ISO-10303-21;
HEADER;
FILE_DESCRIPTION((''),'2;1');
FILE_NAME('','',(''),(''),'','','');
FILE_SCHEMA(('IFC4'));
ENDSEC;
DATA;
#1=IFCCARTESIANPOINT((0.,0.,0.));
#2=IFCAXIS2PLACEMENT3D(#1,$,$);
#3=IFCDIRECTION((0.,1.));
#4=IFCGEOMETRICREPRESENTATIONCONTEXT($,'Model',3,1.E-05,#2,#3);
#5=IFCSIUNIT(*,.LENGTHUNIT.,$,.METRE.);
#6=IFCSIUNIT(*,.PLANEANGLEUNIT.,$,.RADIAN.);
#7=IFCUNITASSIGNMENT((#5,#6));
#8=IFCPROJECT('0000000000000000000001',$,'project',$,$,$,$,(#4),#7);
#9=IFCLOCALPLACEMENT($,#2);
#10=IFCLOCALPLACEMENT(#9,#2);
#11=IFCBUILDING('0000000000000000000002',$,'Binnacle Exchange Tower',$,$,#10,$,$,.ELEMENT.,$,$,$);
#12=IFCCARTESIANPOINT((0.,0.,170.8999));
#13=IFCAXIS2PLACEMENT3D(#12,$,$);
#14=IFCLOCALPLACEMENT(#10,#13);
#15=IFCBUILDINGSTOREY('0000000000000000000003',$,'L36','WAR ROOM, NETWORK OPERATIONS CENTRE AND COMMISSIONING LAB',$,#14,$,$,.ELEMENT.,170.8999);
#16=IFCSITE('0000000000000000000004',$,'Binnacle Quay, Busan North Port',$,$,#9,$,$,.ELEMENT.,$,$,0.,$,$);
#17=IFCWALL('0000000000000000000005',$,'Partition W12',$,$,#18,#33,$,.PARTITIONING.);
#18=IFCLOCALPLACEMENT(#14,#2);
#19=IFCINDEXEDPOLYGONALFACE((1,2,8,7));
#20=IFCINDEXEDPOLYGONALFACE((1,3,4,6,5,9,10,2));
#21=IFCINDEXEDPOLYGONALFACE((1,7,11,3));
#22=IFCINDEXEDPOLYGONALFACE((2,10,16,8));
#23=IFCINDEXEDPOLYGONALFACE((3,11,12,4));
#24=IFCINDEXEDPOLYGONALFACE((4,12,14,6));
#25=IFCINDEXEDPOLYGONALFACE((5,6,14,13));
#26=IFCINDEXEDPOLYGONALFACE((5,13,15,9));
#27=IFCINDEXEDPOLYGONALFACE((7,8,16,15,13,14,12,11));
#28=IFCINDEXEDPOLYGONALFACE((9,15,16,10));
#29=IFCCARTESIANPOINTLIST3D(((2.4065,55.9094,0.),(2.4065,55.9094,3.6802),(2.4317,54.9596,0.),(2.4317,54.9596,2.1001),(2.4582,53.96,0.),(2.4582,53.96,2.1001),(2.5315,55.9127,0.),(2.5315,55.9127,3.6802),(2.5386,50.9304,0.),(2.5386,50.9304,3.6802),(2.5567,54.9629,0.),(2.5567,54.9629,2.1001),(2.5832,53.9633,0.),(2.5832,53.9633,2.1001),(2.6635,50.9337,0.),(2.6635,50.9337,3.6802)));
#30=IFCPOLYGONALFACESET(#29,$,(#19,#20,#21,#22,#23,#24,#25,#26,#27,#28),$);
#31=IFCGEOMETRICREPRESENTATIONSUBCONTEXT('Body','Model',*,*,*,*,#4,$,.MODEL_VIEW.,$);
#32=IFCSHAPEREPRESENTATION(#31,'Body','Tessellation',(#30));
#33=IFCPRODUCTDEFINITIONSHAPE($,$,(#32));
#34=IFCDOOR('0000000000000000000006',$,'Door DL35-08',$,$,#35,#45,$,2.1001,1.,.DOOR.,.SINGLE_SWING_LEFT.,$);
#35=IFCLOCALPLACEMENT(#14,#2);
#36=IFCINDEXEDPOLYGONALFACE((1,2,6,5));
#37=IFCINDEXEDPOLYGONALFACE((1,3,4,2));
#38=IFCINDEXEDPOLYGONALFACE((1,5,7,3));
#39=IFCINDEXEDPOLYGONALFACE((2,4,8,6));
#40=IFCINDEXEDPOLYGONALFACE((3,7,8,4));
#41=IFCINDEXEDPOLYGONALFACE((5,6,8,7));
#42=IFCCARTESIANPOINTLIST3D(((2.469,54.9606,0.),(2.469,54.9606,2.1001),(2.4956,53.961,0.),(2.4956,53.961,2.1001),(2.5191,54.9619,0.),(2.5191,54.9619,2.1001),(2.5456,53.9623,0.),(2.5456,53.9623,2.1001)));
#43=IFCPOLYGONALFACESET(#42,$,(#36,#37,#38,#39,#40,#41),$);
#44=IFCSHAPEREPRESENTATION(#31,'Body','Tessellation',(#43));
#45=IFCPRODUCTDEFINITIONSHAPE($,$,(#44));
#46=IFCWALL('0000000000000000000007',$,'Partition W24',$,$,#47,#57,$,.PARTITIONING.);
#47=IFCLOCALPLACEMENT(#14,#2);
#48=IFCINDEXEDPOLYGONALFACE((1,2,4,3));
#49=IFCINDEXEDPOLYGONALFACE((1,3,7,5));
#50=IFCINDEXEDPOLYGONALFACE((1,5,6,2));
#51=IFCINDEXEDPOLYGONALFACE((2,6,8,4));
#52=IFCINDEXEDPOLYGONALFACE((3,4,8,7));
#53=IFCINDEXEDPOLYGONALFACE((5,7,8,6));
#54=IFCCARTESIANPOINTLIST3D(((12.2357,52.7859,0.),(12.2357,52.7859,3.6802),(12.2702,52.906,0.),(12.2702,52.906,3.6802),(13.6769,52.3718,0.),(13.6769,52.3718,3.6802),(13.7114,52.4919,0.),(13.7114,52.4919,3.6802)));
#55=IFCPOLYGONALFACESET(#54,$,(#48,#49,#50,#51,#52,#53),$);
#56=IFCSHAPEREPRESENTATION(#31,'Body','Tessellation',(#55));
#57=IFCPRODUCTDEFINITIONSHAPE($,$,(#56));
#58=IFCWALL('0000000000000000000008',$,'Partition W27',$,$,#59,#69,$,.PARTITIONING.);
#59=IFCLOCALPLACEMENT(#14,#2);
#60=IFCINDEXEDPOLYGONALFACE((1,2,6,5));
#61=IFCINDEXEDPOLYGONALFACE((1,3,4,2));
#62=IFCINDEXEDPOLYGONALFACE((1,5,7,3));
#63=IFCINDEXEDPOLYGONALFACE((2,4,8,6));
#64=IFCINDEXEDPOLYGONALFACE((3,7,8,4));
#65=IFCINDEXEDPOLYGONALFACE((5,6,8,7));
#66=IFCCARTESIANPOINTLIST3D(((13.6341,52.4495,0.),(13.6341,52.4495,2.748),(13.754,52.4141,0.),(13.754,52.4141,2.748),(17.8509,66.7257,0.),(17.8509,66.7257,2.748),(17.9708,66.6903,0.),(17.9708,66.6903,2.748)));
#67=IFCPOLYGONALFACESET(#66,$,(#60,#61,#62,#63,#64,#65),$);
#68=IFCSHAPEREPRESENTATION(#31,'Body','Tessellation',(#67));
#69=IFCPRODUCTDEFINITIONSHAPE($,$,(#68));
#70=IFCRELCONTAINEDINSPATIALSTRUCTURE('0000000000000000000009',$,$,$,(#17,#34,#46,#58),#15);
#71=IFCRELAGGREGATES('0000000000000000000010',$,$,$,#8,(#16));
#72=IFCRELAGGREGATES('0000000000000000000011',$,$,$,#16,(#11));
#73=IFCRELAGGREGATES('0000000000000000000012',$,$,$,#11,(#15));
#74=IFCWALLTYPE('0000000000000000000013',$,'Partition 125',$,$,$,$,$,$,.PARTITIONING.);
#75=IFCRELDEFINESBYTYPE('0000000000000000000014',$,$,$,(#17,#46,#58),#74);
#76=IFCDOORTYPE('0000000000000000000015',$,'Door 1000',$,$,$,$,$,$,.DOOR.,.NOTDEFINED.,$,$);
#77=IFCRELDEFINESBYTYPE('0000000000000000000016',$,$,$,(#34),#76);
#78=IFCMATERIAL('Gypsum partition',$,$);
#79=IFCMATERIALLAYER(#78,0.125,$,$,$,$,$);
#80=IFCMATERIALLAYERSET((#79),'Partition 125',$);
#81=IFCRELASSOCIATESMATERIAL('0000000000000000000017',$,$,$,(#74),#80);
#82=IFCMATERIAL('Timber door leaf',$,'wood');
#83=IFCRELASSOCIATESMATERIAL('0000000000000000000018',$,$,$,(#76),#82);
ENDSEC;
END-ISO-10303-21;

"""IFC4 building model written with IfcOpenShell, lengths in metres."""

from ifc_helpers import new_model, si_unit, direction, frame, frame_2d, origin, place, context, subcontext, project, spatial, rectangle, extrude, material, layer, layer_set, type_object, element, fill, save


model = new_model("IFC4")

# Units and contexts
model_context = context("Model", 3, precision=1e-05, world=origin(), true_north=direction((0.0, 1.0)))
body_context = subcontext(model_context, "Body", "Model", "MODEL_VIEW")
ifc_project = project(units=[si_unit("LENGTHUNIT", "METRE"), si_unit("PLANEANGLEUNIT", "RADIAN")], contexts=[model_context])

# Site, building, storey
site_placement = place(None, origin())
site = spatial("IfcSite", under=ifc_project, at=site_placement, Name="Binnacle Quay, Busan North Port", CompositionType="ELEMENT", RefElevation=0.0)
building_placement = place(site_placement, origin())
building = spatial("IfcBuilding", under=site, at=building_placement, Name="Binnacle Exchange Tower", CompositionType="ELEMENT")
storey_placement = place(building_placement, frame((0.0, 0.0, 170.8999)))
storey = spatial("IfcBuildingStorey", under=building, at=storey_placement, Name="L36", Description="WAR ROOM, NETWORK OPERATIONS CENTRE AND COMMISSIONING LAB", CompositionType="ELEMENT", Elevation=170.8999)

# Shared definitions
ifc_material_1 = material(Name="Gypsum partition")
ifc_layer_1 = layer(ifc_material_1, 0.125)
ifc_layer_set_1 = layer_set([ifc_layer_1], Name="Partition 125")
wall_type_1 = type_object("IfcWallType", Name="Partition 125", PredefinedType="PARTITIONING", material=ifc_layer_set_1)

# Wall, opening, door
wall_1_placement = place(storey_placement, frame((2.469, 55.9109, 0.0), z_axis=(0.0, 0.0, 1.0), x_axis=(0.026518, -0.999648, 0.0)))
wall_1 = element("IfcWall", 1, at=wall_1_placement, inside=storey, type_object=wall_type_1, Name="Partition W12", PredefinedType="PARTITIONING", context=body_context, shape_type="SweptSolid", body=[
    extrude(rectangle(XDim=4.9807, YDim=0.125, at=frame_2d((2.4902, 0.0))), origin(), (0.0, 0.0, 1.0), 3.6802),
])
opening_1_placement = place(wall_1_placement, frame((0.95, 0.0, 0.0)))
opening_1 = element("IfcOpeningElement", 2, at=opening_1_placement, cuts=wall_1, PredefinedType="OPENING", context=body_context, shape_type="SweptSolid", body=[
    extrude(rectangle(XDim=1.0, YDim=2.1001, at=frame_2d((0.5, 1.05))), frame((0.0, 0.0725, 0.0), z_axis=(0.0, -1.0, 0.0), x_axis=(1.0, 0.0, 0.0)), (0.0, 0.0, 1.0), 0.145),
])
ifc_material_2 = material(Name="Timber door leaf", Category="wood")
door_type = type_object("IfcDoorType", Name="Door 1000", OperationType="NOTDEFINED", PredefinedType="DOOR", material=ifc_material_2)
door_placement = place(opening_1_placement, origin())
door = element("IfcDoor", 3, at=door_placement, inside=storey, type_object=door_type, Name="Door DL35-08", OperationType="SINGLE_SWING_LEFT", OverallHeight=2.1001, OverallWidth=1.0, PredefinedType="DOOR", context=body_context, shape_type="SweptSolid", body=[
    extrude(rectangle(XDim=1.0, YDim=2.1001, at=frame_2d((0.5, 1.05))), frame((0.0, 0.0249, 0.0), z_axis=(0.0, -1.0, 0.0), x_axis=(1.0, 0.0, 0.0)), (0.0, 0.0, 1.0), 0.05),
])
fill(opening_1, door)

# Walls
wall_2_placement = place(storey_placement, frame((12.2529, 52.8459, 0.0), z_axis=(0.0, 0.0, 1.0), x_axis=(0.961117, -0.27614, 0.0)))
element("IfcWall", 4, at=wall_2_placement, inside=storey, type_object=wall_type_1, Name="Partition W24", PredefinedType="PARTITIONING", context=body_context, shape_type="SweptSolid", body=[
    extrude(rectangle(XDim=1.4995, YDim=0.125, at=frame_2d((0.7498, 0.0))), origin(), (0.0, 0.0, 1.0), 3.6802),
])
wall_3_placement = place(storey_placement, frame((13.6941, 52.4319, 0.0), z_axis=(0.0, 0.0, 1.0), x_axis=(0.283275, 0.959039, 0.0)))
element("IfcWall", 5, at=wall_3_placement, inside=storey, type_object=wall_type_1, Name="Partition W27", PredefinedType="PARTITIONING", context=body_context, shape_type="SweptSolid", body=[
    extrude(rectangle(XDim=14.886, YDim=0.125, at=frame_2d((7.4429, 0.0))), origin(), (0.0, 0.0, 1.0), 2.748),
])

save(model, "model.ifc")
